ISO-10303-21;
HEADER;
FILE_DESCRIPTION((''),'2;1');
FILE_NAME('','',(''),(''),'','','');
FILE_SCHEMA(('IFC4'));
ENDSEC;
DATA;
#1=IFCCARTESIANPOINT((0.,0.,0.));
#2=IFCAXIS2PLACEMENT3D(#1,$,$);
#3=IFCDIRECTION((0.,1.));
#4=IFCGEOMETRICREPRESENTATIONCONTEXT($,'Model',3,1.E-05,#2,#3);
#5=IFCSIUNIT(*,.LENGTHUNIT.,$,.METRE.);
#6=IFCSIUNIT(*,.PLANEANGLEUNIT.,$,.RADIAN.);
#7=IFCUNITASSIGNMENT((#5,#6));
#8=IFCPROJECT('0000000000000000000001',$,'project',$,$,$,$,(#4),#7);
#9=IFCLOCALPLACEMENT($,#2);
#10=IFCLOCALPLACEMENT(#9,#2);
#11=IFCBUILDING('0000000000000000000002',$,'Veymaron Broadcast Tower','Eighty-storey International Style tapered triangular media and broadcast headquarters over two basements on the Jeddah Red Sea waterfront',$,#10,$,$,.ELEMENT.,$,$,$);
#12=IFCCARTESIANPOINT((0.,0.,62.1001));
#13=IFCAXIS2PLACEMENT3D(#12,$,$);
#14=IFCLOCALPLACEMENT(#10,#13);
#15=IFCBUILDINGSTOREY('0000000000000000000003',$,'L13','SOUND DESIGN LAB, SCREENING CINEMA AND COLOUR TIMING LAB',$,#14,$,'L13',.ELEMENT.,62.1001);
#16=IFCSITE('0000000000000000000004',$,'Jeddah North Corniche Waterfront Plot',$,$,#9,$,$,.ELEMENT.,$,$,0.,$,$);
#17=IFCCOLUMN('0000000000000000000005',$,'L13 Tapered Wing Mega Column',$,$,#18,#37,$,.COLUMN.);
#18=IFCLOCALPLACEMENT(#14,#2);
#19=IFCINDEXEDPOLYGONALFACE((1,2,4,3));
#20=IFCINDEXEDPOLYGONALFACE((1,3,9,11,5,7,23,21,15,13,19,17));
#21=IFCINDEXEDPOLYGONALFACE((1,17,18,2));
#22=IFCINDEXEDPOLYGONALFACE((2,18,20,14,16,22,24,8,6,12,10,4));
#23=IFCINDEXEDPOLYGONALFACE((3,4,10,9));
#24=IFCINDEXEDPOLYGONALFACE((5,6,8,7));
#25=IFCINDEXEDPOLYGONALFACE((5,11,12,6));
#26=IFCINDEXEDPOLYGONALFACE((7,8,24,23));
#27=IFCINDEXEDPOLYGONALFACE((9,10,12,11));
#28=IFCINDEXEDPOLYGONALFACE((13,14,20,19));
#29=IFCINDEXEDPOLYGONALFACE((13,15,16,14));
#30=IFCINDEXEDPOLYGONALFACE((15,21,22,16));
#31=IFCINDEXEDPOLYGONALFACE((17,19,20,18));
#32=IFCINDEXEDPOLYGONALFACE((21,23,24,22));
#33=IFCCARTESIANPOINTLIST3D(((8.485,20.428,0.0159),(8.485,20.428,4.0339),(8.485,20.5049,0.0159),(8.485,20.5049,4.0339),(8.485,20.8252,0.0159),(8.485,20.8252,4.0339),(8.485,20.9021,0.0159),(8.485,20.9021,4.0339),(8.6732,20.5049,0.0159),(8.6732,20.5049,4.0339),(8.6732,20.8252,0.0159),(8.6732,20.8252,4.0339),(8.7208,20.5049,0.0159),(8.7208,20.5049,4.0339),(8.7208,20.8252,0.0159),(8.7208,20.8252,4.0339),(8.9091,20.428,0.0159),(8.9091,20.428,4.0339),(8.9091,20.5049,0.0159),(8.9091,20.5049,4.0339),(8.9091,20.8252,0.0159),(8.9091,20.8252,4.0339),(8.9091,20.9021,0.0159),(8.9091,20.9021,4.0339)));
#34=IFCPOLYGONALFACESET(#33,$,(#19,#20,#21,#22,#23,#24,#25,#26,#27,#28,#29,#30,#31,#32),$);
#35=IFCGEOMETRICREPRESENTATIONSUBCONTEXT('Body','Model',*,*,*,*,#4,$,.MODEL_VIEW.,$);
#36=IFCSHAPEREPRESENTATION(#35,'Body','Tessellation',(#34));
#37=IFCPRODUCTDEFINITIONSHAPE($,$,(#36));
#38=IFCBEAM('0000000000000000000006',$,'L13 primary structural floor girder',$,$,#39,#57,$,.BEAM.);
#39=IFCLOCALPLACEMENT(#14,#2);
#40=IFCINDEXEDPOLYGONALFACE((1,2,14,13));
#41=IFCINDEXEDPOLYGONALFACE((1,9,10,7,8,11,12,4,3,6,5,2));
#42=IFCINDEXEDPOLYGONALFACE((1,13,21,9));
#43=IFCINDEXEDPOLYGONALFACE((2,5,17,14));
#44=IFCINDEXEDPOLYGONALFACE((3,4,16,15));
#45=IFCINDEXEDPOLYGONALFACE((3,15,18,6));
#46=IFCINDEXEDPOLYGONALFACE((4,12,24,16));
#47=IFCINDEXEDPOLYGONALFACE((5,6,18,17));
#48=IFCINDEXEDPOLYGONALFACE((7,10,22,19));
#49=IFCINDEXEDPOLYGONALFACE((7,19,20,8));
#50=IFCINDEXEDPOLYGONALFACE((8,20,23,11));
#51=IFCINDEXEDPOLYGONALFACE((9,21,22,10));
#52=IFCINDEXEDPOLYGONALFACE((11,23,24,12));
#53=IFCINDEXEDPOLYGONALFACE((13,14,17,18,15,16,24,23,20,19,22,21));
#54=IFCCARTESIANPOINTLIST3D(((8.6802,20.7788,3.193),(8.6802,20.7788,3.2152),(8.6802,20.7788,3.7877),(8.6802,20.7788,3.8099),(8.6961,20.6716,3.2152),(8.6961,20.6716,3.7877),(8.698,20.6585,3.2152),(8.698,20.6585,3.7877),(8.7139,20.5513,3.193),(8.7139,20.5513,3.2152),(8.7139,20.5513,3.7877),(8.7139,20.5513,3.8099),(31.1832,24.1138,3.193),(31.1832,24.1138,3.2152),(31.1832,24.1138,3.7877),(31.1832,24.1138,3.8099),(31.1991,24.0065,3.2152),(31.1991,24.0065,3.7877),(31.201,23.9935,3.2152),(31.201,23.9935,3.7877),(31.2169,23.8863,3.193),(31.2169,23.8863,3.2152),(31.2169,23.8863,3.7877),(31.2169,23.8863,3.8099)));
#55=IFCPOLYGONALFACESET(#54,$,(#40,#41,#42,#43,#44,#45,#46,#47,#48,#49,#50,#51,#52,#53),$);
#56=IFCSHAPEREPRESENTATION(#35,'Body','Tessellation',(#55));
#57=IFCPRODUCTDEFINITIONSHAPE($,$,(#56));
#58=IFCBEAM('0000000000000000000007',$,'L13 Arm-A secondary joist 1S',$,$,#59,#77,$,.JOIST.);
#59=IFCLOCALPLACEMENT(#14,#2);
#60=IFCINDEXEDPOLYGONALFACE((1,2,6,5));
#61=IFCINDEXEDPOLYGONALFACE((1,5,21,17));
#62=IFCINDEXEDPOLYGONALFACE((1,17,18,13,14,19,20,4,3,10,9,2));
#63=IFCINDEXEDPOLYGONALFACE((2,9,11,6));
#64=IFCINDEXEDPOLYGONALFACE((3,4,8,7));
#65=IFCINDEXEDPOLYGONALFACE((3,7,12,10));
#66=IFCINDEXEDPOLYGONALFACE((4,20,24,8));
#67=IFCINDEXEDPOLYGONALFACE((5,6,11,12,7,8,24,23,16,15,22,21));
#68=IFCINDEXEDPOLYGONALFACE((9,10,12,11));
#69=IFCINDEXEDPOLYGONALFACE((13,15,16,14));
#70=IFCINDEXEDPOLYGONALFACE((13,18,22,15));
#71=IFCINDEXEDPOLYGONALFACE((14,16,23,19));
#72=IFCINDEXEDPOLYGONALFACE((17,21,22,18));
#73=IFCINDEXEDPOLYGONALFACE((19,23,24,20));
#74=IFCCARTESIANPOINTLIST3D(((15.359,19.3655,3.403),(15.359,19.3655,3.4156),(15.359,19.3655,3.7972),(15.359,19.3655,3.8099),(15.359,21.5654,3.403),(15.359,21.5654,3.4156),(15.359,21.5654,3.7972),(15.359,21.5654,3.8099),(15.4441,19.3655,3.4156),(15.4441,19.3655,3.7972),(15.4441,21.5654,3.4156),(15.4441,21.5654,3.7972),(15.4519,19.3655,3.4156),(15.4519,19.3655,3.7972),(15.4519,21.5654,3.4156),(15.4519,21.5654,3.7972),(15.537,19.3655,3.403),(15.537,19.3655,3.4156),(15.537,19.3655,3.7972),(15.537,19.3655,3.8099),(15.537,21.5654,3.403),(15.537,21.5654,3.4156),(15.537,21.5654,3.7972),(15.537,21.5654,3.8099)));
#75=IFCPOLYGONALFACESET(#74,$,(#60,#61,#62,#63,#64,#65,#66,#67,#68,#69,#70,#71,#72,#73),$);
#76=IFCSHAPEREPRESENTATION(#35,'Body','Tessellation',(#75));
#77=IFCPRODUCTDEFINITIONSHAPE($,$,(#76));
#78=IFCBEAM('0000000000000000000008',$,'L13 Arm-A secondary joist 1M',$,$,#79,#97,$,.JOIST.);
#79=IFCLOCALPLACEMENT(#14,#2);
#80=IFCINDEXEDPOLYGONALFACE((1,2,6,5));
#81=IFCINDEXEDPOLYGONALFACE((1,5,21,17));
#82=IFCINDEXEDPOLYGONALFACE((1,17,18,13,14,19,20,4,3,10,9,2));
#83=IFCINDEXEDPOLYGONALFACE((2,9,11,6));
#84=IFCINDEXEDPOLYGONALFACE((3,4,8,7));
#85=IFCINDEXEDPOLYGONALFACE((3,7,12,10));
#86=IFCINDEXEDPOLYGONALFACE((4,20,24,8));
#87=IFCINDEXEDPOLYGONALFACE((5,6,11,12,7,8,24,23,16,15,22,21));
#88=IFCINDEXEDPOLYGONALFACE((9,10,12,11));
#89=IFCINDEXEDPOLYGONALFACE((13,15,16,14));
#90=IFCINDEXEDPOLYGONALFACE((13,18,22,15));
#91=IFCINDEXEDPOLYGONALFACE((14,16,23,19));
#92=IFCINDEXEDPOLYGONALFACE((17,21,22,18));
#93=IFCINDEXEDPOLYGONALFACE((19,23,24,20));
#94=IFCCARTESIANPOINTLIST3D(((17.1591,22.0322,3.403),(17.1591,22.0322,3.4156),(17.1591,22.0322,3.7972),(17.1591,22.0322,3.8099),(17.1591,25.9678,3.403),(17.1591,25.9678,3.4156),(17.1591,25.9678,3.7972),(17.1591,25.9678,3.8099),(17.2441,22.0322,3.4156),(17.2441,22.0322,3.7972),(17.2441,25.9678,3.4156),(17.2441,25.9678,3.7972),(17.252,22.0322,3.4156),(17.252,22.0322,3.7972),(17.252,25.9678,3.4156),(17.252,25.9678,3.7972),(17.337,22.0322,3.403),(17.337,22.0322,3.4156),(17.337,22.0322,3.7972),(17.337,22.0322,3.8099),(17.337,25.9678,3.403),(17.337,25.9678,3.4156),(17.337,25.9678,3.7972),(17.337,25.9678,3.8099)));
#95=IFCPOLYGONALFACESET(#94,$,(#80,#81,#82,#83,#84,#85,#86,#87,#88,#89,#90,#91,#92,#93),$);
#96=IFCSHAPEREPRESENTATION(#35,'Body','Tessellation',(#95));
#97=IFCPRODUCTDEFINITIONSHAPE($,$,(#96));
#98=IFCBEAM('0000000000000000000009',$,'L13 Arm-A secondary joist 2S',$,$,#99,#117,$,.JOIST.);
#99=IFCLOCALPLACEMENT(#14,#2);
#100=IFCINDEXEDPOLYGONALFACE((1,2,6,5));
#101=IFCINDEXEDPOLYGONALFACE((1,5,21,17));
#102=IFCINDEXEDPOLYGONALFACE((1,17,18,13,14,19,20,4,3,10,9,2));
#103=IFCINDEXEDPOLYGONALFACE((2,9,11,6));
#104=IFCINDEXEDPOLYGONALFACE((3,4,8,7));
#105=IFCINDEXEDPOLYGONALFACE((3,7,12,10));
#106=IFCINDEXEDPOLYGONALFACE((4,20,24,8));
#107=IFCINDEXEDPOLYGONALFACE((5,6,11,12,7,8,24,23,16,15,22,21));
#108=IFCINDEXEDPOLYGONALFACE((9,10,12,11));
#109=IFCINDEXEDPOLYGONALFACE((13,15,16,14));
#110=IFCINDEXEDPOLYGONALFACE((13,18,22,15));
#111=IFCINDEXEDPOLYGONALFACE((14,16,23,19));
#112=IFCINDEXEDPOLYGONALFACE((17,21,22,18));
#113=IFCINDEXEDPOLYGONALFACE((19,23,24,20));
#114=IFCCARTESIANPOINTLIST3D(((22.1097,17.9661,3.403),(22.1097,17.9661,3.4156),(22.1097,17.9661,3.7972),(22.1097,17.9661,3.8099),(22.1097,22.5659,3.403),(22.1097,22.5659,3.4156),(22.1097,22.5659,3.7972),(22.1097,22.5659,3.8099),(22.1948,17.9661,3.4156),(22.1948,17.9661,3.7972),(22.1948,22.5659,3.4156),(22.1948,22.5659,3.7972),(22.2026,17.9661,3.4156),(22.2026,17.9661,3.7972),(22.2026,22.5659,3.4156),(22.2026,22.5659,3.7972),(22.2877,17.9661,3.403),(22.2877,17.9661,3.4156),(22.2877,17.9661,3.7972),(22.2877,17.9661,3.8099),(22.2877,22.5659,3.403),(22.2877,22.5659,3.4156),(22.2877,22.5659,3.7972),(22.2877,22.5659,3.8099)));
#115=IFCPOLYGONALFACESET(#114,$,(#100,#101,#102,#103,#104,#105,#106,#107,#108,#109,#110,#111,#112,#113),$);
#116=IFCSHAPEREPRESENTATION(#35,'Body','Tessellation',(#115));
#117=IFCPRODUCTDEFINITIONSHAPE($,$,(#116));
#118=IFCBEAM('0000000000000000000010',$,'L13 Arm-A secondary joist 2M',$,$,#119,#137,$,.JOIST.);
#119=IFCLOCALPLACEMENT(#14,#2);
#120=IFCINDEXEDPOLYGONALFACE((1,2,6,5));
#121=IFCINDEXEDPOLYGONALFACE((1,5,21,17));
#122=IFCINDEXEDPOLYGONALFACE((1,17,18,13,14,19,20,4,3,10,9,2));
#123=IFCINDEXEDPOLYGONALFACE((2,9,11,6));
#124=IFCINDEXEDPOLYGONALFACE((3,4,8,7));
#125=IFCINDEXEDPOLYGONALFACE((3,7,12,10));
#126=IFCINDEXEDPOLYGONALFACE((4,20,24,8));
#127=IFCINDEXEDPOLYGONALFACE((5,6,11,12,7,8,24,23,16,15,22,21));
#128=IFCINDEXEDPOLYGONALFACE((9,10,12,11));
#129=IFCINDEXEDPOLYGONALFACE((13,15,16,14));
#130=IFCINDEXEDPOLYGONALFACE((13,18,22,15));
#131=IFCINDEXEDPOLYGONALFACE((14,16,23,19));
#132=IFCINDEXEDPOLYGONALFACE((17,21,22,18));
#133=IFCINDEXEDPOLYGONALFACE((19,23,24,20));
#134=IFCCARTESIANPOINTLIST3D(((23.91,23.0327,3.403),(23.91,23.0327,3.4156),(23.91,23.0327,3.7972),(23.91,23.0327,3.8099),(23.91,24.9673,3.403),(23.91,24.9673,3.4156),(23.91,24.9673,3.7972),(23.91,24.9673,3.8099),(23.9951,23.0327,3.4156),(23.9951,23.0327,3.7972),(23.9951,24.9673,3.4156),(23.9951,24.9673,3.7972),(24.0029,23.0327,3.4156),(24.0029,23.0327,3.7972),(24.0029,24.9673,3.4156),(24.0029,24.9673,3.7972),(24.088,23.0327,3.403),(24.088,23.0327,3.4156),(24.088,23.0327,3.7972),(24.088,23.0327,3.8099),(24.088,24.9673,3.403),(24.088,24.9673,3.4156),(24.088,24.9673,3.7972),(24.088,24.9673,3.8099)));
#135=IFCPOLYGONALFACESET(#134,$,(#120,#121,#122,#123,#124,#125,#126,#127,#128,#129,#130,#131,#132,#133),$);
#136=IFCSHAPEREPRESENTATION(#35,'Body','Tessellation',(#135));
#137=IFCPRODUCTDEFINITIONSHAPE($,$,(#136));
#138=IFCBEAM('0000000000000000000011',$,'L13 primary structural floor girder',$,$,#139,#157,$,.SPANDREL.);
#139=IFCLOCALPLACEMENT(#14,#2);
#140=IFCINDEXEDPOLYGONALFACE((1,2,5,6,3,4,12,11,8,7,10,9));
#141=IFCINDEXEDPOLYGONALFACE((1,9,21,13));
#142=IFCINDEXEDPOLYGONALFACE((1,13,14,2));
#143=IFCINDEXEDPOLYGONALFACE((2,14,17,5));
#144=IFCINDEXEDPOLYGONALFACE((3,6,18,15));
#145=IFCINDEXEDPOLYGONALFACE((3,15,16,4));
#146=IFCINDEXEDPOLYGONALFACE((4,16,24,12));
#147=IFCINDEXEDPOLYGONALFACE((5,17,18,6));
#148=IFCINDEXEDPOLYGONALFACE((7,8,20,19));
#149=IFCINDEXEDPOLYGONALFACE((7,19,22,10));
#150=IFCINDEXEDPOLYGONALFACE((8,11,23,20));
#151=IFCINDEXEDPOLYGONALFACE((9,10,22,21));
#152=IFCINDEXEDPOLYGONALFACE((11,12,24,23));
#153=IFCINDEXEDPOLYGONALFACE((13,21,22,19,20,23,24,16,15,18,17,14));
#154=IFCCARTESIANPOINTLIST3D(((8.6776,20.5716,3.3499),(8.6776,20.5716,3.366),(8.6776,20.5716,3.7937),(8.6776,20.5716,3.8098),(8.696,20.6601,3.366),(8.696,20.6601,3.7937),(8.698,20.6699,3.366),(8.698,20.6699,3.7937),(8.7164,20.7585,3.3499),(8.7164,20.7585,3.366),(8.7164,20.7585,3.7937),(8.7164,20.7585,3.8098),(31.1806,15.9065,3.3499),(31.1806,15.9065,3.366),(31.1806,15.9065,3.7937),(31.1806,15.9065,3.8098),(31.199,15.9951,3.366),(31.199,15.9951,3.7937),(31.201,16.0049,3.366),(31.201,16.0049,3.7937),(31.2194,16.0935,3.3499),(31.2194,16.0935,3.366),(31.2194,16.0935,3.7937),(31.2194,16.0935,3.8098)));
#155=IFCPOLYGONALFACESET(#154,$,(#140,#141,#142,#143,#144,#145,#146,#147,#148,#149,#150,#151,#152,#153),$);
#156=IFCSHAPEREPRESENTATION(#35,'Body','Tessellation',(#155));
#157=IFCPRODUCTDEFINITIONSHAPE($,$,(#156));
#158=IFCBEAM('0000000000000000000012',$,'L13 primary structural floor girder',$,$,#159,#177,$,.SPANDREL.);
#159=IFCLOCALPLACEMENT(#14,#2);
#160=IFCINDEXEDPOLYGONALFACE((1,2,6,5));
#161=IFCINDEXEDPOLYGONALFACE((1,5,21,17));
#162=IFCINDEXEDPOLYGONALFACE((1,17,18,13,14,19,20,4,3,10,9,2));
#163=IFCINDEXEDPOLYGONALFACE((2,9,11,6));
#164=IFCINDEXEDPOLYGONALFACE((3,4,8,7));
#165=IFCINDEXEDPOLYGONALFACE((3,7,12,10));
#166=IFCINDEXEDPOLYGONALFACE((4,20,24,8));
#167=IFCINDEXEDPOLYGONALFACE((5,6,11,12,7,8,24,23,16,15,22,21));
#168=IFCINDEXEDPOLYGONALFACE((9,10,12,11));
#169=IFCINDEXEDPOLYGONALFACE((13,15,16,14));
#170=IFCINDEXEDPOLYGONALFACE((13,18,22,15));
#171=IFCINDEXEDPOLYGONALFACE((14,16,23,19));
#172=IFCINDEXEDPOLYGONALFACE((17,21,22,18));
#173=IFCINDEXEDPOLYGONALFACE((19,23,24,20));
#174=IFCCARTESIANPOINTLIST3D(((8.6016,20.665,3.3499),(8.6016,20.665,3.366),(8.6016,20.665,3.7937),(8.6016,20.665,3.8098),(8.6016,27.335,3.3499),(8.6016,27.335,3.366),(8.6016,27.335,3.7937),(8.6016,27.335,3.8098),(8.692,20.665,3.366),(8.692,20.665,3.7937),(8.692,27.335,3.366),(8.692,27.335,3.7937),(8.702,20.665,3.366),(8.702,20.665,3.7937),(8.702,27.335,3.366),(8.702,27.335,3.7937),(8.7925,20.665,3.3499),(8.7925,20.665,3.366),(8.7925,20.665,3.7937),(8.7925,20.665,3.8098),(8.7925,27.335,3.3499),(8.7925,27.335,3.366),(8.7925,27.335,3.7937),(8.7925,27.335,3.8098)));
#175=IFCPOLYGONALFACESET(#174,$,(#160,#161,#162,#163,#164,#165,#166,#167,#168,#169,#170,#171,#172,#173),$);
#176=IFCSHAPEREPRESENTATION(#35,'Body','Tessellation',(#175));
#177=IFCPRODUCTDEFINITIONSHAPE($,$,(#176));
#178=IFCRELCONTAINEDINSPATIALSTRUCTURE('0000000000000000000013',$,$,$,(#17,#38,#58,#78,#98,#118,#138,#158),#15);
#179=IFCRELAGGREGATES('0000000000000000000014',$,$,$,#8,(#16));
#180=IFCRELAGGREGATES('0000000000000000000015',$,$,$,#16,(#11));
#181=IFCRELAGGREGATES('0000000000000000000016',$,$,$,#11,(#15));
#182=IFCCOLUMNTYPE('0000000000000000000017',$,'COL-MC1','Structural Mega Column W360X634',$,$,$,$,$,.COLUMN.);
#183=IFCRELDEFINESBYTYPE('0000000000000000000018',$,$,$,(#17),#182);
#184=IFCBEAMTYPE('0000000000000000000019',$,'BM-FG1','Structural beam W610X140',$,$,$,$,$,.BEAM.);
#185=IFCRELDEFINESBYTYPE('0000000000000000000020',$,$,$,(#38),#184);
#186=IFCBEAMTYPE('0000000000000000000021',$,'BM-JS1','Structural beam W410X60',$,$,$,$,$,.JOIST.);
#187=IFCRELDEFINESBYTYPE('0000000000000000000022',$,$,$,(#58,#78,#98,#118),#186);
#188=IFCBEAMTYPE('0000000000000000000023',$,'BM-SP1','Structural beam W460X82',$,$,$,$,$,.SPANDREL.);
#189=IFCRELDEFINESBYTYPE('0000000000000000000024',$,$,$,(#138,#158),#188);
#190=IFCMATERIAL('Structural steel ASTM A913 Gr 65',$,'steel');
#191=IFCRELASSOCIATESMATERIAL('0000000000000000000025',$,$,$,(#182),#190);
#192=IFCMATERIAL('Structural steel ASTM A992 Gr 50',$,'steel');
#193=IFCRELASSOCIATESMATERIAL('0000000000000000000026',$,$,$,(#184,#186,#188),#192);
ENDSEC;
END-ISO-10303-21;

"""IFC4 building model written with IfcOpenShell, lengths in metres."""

from ifc_helpers import new_model, si_unit, direction, frame, origin, origin_2d, place, context, subcontext, project, spatial, i_section, extrude, material, material_profile, profile_set, type_object, element, save


model = new_model("IFC4")

# Units and contexts
model_context = context("Model", 3, precision=1e-05, world=origin(), true_north=direction((0.0, 1.0)))
body_context = subcontext(model_context, "Body", "Model", "MODEL_VIEW")
ifc_project = project(units=[si_unit("LENGTHUNIT", "METRE"), si_unit("PLANEANGLEUNIT", "RADIAN")], contexts=[model_context])

# Site, building, storey
site_placement = place(None, origin())
site = spatial("IfcSite", under=ifc_project, at=site_placement, Name="Jeddah North Corniche Waterfront Plot", CompositionType="ELEMENT", RefElevation=0.0)
building_placement = place(site_placement, origin())
building = spatial("IfcBuilding", under=site, at=building_placement, Name="Veymaron Broadcast Tower", Description="Eighty-storey International Style tapered triangular media and broadcast headquarters over two basements on the Jeddah Red Sea waterfront", CompositionType="ELEMENT")
storey_placement = place(building_placement, frame((0.0, 0.0, 62.1001)))
storey = spatial("IfcBuildingStorey", under=building, at=storey_placement, Name="L13", Description="SOUND DESIGN LAB, SCREENING CINEMA AND COLOUR TIMING LAB", LongName="L13", CompositionType="ELEMENT", Elevation=62.1001)

# Column
ifc_material_1 = material(Name="Structural steel ASTM A913 Gr 65", Category="steel")
ifc_material_profile_1 = material_profile(ifc_material_1, i_section(OverallWidth=0.4241, OverallDepth=0.4741, WebThickness=0.0476, FlangeThickness=0.0769, at=origin_2d()), Name="W360X634")
ifc_profile_set_1 = profile_set([ifc_material_profile_1], Name="Structural steel ASTM A913 Gr 65")
column_type = type_object("IfcColumnType", Name="COL-MC1", Description="Structural Mega Column W360X634", PredefinedType="COLUMN", material=ifc_profile_set_1)
column_placement = place(storey_placement, frame((8.697, 20.665, 0.0159), z_axis=(0.0, 0.0, 1.0), x_axis=(1.0, 0.0, 0.0)))
element("IfcColumn", 1, at=column_placement, inside=storey, type_object=column_type, Name="L13 Tapered Wing Mega Column", PredefinedType="COLUMN", context=body_context, shape_type="SweptSolid", body=[
    extrude(i_section(OverallWidth=0.4241, OverallDepth=0.4741, WebThickness=0.0476, FlangeThickness=0.0769, at=origin_2d()), origin(), (0.0, 0.0, 1.0), 4.0181),
])

# Beams
ifc_material_2 = material(Name="Structural steel ASTM A992 Gr 50", Category="steel")
ifc_material_profile_2 = material_profile(ifc_material_2, i_section(OverallWidth=0.23, OverallDepth=0.6169, WebThickness=0.0132, FlangeThickness=0.0222, at=origin_2d()), Name="W610X140")
ifc_profile_set_2 = profile_set([ifc_material_profile_2], Name="Structural steel ASTM A992 Gr 50")
beam_type_1 = type_object("IfcBeamType", Name="BM-FG1", Description="Structural beam W610X140", PredefinedType="BEAM", material=ifc_profile_set_2)
beam_1_placement = place(storey_placement, frame((8.697, 20.665, 3.5015), z_axis=(0.989196, 0.1466, 0.0), x_axis=(-0.1466, 0.989196, 0.0)))
element("IfcBeam", 2, at=beam_1_placement, inside=storey, type_object=beam_type_1, Name="L13 primary structural floor girder", PredefinedType="BEAM", context=body_context, shape_type="SweptSolid", body=[
    extrude(i_section(OverallWidth=0.23, OverallDepth=0.6169, WebThickness=0.0132, FlangeThickness=0.0222, at=origin_2d()), origin(), (0.0, 0.0, 1.0), 22.7488),
])
ifc_material_profile_3 = material_profile(ifc_material_2, i_section(OverallWidth=0.178, OverallDepth=0.407, WebThickness=0.0078, FlangeThickness=0.0127, at=origin_2d()), Name="W410X60")
ifc_profile_set_3 = profile_set([ifc_material_profile_3], Name="Structural steel ASTM A992 Gr 50")
beam_type_2 = type_object("IfcBeamType", Name="BM-JS1", Description="Structural beam W410X60", PredefinedType="JOIST", material=ifc_profile_set_3)
beam_2_placement = place(storey_placement, frame((15.448, 19.3655, 3.6064), z_axis=(0.0, 1.0, 0.0), x_axis=(-1.0, 0.0, 0.0)))
element("IfcBeam", 3, at=beam_2_placement, inside=storey, type_object=beam_type_2, Name="L13 Arm-A secondary joist 1S", PredefinedType="JOIST", context=body_context, shape_type="SweptSolid", body=[
    extrude(i_section(OverallWidth=0.178, OverallDepth=0.407, WebThickness=0.0078, FlangeThickness=0.0127, at=origin_2d()), origin(), (0.0, 0.0, 1.0), 2.2),
])
beam_3_placement = place(storey_placement, frame((17.248, 22.0322, 3.6064), z_axis=(0.0, 1.0, 0.0), x_axis=(-1.0, 0.0, 0.0)))
element("IfcBeam", 4, at=beam_3_placement, inside=storey, type_object=beam_type_2, Name="L13 Arm-A secondary joist 1M", PredefinedType="JOIST", context=body_context, shape_type="SweptSolid", body=[
    extrude(i_section(OverallWidth=0.178, OverallDepth=0.407, WebThickness=0.0078, FlangeThickness=0.0127, at=origin_2d()), origin(), (0.0, 0.0, 1.0), 3.9355),
])
beam_4_placement = place(storey_placement, frame((22.1987, 17.9661, 3.6064), z_axis=(0.0, 1.0, 0.0), x_axis=(-1.0, 0.0, 0.0)))
element("IfcBeam", 5, at=beam_4_placement, inside=storey, type_object=beam_type_2, Name="L13 Arm-A secondary joist 2S", PredefinedType="JOIST", context=body_context, shape_type="SweptSolid", body=[
    extrude(i_section(OverallWidth=0.178, OverallDepth=0.407, WebThickness=0.0078, FlangeThickness=0.0127, at=origin_2d()), origin(), (0.0, 0.0, 1.0), 4.5999),
])
beam_5_placement = place(storey_placement, frame((23.999, 23.0327, 3.6064), z_axis=(0.0, 1.0, 0.0), x_axis=(-1.0, 0.0, 0.0)))
element("IfcBeam", 6, at=beam_5_placement, inside=storey, type_object=beam_type_2, Name="L13 Arm-A secondary joist 2M", PredefinedType="JOIST", context=body_context, shape_type="SweptSolid", body=[
    extrude(i_section(OverallWidth=0.178, OverallDepth=0.407, WebThickness=0.0078, FlangeThickness=0.0127, at=origin_2d()), origin(), (0.0, 0.0, 1.0), 1.9346),
])
ifc_material_profile_4 = material_profile(ifc_material_2, i_section(OverallWidth=0.1909, OverallDepth=0.46, WebThickness=0.01, FlangeThickness=0.0161, at=origin_2d()), Name="W460X82")
ifc_profile_set_4 = profile_set([ifc_material_profile_4], Name="Structural steel ASTM A992 Gr 50")
beam_type_3 = type_object("IfcBeamType", Name="BM-SP1", Description="Structural beam W460X82", PredefinedType="SPANDREL", material=ifc_profile_set_4)
beam_6_placement = place(storey_placement, frame((8.697, 20.665, 3.5798), z_axis=(0.97918, -0.202992, 0.0), x_axis=(0.202992, 0.97918, 0.0)))
element("IfcBeam", 7, at=beam_6_placement, inside=storey, type_object=beam_type_3, Name="L13 primary structural floor girder", PredefinedType="SPANDREL", context=body_context, shape_type="SweptSolid", body=[
    extrude(i_section(OverallWidth=0.1909, OverallDepth=0.46, WebThickness=0.01, FlangeThickness=0.0161, at=origin_2d()), origin(), (0.0, 0.0, 1.0), 22.9814),
])
beam_7_placement = place(storey_placement, frame((8.697, 20.665, 3.5798), z_axis=(0.0, 1.0, 0.0), x_axis=(-1.0, 0.0, 0.0)))
element("IfcBeam", 8, at=beam_7_placement, inside=storey, type_object=beam_type_3, Name="L13 primary structural floor girder", PredefinedType="SPANDREL", context=body_context, shape_type="SweptSolid", body=[
    extrude(i_section(OverallWidth=0.1909, OverallDepth=0.46, WebThickness=0.01, FlangeThickness=0.0161, at=origin_2d()), origin(), (0.0, 0.0, 1.0), 6.6699),
])

save(model, "model.ifc")
